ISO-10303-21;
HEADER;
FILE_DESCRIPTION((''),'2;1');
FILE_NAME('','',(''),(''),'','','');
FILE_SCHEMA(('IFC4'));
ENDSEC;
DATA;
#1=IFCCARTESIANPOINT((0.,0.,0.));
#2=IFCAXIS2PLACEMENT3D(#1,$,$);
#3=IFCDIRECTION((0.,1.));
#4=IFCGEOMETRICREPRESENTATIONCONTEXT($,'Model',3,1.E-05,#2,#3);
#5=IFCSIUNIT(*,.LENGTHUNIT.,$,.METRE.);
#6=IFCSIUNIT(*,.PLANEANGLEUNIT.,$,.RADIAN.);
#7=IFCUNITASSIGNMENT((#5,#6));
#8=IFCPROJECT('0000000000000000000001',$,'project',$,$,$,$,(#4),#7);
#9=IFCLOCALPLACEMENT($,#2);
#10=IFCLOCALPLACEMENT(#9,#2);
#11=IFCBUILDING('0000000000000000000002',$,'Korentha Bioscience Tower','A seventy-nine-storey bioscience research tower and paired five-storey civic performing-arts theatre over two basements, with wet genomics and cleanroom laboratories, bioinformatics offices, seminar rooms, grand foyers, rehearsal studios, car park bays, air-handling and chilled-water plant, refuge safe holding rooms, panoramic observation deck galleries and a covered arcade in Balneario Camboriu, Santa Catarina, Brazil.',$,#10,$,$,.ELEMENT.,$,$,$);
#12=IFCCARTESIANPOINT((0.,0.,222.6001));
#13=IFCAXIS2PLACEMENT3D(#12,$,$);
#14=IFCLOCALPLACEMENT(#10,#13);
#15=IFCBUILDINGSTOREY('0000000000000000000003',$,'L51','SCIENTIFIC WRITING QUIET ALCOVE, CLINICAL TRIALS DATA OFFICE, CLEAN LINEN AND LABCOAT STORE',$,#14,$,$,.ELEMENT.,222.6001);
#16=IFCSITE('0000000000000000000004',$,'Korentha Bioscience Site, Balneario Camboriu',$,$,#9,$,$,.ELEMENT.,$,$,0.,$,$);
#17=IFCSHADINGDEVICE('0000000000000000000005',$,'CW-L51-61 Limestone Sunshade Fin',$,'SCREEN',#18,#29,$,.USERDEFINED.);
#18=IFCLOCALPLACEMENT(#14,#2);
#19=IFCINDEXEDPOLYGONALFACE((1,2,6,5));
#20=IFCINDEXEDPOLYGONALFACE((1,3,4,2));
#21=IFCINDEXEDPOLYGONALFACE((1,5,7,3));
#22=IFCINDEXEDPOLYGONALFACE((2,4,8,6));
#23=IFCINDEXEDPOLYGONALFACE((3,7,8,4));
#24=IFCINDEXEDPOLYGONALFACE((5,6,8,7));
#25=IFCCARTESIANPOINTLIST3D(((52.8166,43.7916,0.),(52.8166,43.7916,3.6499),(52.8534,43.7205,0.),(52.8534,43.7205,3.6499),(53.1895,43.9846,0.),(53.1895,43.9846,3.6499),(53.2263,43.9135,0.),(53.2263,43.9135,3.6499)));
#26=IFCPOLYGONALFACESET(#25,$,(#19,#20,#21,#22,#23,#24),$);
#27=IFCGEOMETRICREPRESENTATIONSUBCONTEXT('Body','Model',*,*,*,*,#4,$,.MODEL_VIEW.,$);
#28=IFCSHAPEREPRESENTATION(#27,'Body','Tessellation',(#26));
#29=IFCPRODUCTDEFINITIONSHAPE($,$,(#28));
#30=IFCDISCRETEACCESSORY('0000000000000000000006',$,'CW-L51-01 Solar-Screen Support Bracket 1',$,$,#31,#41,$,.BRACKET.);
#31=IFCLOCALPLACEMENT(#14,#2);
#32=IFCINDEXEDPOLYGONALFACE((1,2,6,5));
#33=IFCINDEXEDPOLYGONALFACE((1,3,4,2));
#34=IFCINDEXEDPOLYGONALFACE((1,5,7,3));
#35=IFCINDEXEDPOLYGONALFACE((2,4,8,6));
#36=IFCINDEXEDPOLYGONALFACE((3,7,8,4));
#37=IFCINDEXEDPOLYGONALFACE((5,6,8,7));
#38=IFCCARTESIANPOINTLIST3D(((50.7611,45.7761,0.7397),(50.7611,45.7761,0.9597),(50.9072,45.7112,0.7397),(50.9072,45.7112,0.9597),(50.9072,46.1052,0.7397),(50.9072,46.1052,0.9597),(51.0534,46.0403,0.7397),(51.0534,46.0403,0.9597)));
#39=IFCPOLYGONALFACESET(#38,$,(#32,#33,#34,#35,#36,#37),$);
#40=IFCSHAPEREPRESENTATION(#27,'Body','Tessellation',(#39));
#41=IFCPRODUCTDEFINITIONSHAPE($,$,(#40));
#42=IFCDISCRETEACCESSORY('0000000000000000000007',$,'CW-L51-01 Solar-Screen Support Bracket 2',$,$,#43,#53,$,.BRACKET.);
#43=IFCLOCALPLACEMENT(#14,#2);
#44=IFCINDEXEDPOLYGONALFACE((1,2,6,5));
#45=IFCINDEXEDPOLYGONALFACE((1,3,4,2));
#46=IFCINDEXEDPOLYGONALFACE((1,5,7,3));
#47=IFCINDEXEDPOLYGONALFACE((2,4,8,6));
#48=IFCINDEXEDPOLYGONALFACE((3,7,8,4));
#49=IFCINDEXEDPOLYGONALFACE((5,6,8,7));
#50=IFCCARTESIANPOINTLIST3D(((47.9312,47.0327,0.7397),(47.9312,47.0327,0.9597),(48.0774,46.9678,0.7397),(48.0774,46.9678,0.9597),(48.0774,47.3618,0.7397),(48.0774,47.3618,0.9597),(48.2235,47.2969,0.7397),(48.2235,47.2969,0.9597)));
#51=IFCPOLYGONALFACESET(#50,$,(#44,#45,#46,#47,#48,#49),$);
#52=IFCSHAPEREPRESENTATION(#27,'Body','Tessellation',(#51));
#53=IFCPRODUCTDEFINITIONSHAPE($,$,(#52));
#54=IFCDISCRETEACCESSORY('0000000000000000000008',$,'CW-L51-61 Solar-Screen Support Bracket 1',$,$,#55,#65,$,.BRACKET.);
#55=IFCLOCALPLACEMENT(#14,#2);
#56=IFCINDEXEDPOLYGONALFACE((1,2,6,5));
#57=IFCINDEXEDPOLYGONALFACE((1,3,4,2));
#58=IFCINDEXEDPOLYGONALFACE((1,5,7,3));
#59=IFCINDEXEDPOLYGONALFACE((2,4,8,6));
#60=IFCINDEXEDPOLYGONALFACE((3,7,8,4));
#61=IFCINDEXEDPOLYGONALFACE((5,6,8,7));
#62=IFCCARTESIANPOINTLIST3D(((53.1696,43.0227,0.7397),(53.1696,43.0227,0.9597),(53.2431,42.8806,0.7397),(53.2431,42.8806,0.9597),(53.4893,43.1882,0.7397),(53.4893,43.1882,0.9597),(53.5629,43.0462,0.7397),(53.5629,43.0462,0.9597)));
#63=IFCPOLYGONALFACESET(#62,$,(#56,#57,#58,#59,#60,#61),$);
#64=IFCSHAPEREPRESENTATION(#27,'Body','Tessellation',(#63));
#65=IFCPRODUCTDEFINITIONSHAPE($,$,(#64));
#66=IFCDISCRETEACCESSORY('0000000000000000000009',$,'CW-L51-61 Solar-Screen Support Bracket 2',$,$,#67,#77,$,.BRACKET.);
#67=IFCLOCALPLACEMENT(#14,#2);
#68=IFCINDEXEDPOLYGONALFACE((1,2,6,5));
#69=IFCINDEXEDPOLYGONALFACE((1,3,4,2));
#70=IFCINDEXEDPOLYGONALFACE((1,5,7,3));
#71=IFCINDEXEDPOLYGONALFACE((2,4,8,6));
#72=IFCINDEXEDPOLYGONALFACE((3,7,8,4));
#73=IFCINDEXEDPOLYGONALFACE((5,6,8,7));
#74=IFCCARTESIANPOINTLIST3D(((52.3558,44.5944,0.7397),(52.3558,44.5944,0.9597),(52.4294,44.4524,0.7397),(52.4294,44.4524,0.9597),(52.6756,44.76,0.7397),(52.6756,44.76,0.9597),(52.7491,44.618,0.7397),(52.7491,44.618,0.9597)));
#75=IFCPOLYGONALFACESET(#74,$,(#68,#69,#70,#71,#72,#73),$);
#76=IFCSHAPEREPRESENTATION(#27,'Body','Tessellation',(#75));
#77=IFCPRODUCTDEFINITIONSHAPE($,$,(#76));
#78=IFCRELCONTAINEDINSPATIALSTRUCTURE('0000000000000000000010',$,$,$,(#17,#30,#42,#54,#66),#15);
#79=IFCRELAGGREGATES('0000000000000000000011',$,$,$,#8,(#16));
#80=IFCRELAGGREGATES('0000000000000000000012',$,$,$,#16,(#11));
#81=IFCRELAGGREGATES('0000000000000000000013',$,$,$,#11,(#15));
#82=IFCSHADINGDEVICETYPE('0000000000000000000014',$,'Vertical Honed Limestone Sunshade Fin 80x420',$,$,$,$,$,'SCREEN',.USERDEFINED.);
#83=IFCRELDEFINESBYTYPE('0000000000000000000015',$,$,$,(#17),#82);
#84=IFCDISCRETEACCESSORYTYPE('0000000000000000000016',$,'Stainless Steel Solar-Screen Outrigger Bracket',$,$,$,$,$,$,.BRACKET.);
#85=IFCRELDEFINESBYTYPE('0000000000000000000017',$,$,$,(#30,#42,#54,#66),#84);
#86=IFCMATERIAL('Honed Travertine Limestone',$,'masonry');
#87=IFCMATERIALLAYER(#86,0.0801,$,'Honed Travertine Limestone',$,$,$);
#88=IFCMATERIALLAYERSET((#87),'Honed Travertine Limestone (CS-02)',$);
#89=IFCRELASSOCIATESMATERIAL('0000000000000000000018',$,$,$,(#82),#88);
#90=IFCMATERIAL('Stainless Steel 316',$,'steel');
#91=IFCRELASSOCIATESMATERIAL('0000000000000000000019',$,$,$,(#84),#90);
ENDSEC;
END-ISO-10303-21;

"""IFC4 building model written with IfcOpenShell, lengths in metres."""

from ifc_helpers import new_model, si_unit, direction, frame, origin, origin_2d, place, context, subcontext, project, spatial, rectangle, extrude, material, layer, layer_set, type_object, element, save


model = new_model("IFC4")

# Units and contexts
model_context = context("Model", 3, precision=1e-05, world=origin(), true_north=direction((0.0, 1.0)))
body_context = subcontext(model_context, "Body", "Model", "MODEL_VIEW")
ifc_project = project(units=[si_unit("LENGTHUNIT", "METRE"), si_unit("PLANEANGLEUNIT", "RADIAN")], contexts=[model_context])

# Site, building, storey
site_placement = place(None, origin())
site = spatial("IfcSite", under=ifc_project, at=site_placement, Name="Korentha Bioscience Site, Balneario Camboriu", CompositionType="ELEMENT", RefElevation=0.0)
building_placement = place(site_placement, origin())
building = spatial("IfcBuilding", under=site, at=building_placement, Name="Korentha Bioscience Tower", Description="A seventy-nine-storey bioscience research tower and paired five-storey civic performing-arts theatre over two basements, with wet genomics and cleanroom laboratories, bioinformatics offices, seminar rooms, grand foyers, rehearsal studios, car park bays, air-handling and chilled-water plant, refuge safe holding rooms, panoramic observation deck galleries and a covered arcade in Balneario Camboriu, Santa Catarina, Brazil.", CompositionType="ELEMENT")
storey_placement = place(building_placement, frame((0.0, 0.0, 222.6001)))
storey = spatial("IfcBuildingStorey", under=building, at=storey_placement, Name="L51", Description="SCIENTIFIC WRITING QUIET ALCOVE, CLINICAL TRIALS DATA OFFICE, CLEAN LINEN AND LABCOAT STORE", CompositionType="ELEMENT", Elevation=222.6001)

# Shading device
ifc_material_1 = material(Name="Honed Travertine Limestone", Category="masonry")
ifc_layer_1 = layer(ifc_material_1, 0.0801, Name="Honed Travertine Limestone")
ifc_layer_set_1 = layer_set([ifc_layer_1], Name="Honed Travertine Limestone (CS-02)")
shading_device_type_1 = type_object("IfcShadingDeviceType", Name="Vertical Honed Limestone Sunshade Fin 80x420", ElementType="SCREEN", PredefinedType="USERDEFINED", material=ifc_layer_set_1)
for number, where, z_axis, x_axis, name in (
    (1, (53.0215, 43.8525, 0.0), (0.0, 0.0, 1.0), (-0.459738, 0.888055, 0.0), "CW-L51-61 Limestone Sunshade Fin"),
):
    element("IfcShadingDevice", number, at=place(storey_placement, frame(where, z_axis=z_axis, x_axis=x_axis)), inside=storey, type_object=shading_device_type_1, Name=name, ObjectType="SCREEN", PredefinedType="USERDEFINED", context=body_context, shape_type="SweptSolid", body=[
        extrude(rectangle(XDim=0.0801, YDim=0.4199, at=origin_2d()), origin(), (0.0, 0.0, 1.0), 3.6499),
    ])

# Discrete accessories
ifc_material_2 = material(Name="Stainless Steel 316", Category="steel")
discrete_accessory_type = type_object("IfcDiscreteAccessoryType", Name="Stainless Steel Solar-Screen Outrigger Bracket", PredefinedType="BRACKET", material=ifc_material_2)
for number, where, z_axis, x_axis, name in (
    (2, (50.9072, 45.9082, 0.7397), (0.0, 0.0, 1.0), (-0.913944, 0.40584, 0.0), "CW-L51-01 Solar-Screen Support Bracket 1"),
    (3, (48.0774, 47.1648, 0.7397), (0.0, 0.0, 1.0), (-0.913944, 0.40584, 0.0), "CW-L51-01 Solar-Screen Support Bracket 2"),
    (4, (53.3662, 43.0344, 0.7397), (0.0, 0.0, 1.0), (-0.459738, 0.888055, 0.0), "CW-L51-61 Solar-Screen Support Bracket 1"),
    (5, (52.5525, 44.6062, 0.7397), (0.0, 0.0, 1.0), (-0.459738, 0.888055, 0.0), "CW-L51-61 Solar-Screen Support Bracket 2"),
):
    element("IfcDiscreteAccessory", number, at=place(storey_placement, frame(where, z_axis=z_axis, x_axis=x_axis)), inside=storey, type_object=discrete_accessory_type, Name=name, PredefinedType="BRACKET", context=body_context, shape_type="SweptSolid", body=[
        extrude(rectangle(XDim=0.1599, YDim=0.3601, at=origin_2d()), origin(), (0.0, 0.0, 1.0), 0.22),
    ])

save(model, "model.ifc")
